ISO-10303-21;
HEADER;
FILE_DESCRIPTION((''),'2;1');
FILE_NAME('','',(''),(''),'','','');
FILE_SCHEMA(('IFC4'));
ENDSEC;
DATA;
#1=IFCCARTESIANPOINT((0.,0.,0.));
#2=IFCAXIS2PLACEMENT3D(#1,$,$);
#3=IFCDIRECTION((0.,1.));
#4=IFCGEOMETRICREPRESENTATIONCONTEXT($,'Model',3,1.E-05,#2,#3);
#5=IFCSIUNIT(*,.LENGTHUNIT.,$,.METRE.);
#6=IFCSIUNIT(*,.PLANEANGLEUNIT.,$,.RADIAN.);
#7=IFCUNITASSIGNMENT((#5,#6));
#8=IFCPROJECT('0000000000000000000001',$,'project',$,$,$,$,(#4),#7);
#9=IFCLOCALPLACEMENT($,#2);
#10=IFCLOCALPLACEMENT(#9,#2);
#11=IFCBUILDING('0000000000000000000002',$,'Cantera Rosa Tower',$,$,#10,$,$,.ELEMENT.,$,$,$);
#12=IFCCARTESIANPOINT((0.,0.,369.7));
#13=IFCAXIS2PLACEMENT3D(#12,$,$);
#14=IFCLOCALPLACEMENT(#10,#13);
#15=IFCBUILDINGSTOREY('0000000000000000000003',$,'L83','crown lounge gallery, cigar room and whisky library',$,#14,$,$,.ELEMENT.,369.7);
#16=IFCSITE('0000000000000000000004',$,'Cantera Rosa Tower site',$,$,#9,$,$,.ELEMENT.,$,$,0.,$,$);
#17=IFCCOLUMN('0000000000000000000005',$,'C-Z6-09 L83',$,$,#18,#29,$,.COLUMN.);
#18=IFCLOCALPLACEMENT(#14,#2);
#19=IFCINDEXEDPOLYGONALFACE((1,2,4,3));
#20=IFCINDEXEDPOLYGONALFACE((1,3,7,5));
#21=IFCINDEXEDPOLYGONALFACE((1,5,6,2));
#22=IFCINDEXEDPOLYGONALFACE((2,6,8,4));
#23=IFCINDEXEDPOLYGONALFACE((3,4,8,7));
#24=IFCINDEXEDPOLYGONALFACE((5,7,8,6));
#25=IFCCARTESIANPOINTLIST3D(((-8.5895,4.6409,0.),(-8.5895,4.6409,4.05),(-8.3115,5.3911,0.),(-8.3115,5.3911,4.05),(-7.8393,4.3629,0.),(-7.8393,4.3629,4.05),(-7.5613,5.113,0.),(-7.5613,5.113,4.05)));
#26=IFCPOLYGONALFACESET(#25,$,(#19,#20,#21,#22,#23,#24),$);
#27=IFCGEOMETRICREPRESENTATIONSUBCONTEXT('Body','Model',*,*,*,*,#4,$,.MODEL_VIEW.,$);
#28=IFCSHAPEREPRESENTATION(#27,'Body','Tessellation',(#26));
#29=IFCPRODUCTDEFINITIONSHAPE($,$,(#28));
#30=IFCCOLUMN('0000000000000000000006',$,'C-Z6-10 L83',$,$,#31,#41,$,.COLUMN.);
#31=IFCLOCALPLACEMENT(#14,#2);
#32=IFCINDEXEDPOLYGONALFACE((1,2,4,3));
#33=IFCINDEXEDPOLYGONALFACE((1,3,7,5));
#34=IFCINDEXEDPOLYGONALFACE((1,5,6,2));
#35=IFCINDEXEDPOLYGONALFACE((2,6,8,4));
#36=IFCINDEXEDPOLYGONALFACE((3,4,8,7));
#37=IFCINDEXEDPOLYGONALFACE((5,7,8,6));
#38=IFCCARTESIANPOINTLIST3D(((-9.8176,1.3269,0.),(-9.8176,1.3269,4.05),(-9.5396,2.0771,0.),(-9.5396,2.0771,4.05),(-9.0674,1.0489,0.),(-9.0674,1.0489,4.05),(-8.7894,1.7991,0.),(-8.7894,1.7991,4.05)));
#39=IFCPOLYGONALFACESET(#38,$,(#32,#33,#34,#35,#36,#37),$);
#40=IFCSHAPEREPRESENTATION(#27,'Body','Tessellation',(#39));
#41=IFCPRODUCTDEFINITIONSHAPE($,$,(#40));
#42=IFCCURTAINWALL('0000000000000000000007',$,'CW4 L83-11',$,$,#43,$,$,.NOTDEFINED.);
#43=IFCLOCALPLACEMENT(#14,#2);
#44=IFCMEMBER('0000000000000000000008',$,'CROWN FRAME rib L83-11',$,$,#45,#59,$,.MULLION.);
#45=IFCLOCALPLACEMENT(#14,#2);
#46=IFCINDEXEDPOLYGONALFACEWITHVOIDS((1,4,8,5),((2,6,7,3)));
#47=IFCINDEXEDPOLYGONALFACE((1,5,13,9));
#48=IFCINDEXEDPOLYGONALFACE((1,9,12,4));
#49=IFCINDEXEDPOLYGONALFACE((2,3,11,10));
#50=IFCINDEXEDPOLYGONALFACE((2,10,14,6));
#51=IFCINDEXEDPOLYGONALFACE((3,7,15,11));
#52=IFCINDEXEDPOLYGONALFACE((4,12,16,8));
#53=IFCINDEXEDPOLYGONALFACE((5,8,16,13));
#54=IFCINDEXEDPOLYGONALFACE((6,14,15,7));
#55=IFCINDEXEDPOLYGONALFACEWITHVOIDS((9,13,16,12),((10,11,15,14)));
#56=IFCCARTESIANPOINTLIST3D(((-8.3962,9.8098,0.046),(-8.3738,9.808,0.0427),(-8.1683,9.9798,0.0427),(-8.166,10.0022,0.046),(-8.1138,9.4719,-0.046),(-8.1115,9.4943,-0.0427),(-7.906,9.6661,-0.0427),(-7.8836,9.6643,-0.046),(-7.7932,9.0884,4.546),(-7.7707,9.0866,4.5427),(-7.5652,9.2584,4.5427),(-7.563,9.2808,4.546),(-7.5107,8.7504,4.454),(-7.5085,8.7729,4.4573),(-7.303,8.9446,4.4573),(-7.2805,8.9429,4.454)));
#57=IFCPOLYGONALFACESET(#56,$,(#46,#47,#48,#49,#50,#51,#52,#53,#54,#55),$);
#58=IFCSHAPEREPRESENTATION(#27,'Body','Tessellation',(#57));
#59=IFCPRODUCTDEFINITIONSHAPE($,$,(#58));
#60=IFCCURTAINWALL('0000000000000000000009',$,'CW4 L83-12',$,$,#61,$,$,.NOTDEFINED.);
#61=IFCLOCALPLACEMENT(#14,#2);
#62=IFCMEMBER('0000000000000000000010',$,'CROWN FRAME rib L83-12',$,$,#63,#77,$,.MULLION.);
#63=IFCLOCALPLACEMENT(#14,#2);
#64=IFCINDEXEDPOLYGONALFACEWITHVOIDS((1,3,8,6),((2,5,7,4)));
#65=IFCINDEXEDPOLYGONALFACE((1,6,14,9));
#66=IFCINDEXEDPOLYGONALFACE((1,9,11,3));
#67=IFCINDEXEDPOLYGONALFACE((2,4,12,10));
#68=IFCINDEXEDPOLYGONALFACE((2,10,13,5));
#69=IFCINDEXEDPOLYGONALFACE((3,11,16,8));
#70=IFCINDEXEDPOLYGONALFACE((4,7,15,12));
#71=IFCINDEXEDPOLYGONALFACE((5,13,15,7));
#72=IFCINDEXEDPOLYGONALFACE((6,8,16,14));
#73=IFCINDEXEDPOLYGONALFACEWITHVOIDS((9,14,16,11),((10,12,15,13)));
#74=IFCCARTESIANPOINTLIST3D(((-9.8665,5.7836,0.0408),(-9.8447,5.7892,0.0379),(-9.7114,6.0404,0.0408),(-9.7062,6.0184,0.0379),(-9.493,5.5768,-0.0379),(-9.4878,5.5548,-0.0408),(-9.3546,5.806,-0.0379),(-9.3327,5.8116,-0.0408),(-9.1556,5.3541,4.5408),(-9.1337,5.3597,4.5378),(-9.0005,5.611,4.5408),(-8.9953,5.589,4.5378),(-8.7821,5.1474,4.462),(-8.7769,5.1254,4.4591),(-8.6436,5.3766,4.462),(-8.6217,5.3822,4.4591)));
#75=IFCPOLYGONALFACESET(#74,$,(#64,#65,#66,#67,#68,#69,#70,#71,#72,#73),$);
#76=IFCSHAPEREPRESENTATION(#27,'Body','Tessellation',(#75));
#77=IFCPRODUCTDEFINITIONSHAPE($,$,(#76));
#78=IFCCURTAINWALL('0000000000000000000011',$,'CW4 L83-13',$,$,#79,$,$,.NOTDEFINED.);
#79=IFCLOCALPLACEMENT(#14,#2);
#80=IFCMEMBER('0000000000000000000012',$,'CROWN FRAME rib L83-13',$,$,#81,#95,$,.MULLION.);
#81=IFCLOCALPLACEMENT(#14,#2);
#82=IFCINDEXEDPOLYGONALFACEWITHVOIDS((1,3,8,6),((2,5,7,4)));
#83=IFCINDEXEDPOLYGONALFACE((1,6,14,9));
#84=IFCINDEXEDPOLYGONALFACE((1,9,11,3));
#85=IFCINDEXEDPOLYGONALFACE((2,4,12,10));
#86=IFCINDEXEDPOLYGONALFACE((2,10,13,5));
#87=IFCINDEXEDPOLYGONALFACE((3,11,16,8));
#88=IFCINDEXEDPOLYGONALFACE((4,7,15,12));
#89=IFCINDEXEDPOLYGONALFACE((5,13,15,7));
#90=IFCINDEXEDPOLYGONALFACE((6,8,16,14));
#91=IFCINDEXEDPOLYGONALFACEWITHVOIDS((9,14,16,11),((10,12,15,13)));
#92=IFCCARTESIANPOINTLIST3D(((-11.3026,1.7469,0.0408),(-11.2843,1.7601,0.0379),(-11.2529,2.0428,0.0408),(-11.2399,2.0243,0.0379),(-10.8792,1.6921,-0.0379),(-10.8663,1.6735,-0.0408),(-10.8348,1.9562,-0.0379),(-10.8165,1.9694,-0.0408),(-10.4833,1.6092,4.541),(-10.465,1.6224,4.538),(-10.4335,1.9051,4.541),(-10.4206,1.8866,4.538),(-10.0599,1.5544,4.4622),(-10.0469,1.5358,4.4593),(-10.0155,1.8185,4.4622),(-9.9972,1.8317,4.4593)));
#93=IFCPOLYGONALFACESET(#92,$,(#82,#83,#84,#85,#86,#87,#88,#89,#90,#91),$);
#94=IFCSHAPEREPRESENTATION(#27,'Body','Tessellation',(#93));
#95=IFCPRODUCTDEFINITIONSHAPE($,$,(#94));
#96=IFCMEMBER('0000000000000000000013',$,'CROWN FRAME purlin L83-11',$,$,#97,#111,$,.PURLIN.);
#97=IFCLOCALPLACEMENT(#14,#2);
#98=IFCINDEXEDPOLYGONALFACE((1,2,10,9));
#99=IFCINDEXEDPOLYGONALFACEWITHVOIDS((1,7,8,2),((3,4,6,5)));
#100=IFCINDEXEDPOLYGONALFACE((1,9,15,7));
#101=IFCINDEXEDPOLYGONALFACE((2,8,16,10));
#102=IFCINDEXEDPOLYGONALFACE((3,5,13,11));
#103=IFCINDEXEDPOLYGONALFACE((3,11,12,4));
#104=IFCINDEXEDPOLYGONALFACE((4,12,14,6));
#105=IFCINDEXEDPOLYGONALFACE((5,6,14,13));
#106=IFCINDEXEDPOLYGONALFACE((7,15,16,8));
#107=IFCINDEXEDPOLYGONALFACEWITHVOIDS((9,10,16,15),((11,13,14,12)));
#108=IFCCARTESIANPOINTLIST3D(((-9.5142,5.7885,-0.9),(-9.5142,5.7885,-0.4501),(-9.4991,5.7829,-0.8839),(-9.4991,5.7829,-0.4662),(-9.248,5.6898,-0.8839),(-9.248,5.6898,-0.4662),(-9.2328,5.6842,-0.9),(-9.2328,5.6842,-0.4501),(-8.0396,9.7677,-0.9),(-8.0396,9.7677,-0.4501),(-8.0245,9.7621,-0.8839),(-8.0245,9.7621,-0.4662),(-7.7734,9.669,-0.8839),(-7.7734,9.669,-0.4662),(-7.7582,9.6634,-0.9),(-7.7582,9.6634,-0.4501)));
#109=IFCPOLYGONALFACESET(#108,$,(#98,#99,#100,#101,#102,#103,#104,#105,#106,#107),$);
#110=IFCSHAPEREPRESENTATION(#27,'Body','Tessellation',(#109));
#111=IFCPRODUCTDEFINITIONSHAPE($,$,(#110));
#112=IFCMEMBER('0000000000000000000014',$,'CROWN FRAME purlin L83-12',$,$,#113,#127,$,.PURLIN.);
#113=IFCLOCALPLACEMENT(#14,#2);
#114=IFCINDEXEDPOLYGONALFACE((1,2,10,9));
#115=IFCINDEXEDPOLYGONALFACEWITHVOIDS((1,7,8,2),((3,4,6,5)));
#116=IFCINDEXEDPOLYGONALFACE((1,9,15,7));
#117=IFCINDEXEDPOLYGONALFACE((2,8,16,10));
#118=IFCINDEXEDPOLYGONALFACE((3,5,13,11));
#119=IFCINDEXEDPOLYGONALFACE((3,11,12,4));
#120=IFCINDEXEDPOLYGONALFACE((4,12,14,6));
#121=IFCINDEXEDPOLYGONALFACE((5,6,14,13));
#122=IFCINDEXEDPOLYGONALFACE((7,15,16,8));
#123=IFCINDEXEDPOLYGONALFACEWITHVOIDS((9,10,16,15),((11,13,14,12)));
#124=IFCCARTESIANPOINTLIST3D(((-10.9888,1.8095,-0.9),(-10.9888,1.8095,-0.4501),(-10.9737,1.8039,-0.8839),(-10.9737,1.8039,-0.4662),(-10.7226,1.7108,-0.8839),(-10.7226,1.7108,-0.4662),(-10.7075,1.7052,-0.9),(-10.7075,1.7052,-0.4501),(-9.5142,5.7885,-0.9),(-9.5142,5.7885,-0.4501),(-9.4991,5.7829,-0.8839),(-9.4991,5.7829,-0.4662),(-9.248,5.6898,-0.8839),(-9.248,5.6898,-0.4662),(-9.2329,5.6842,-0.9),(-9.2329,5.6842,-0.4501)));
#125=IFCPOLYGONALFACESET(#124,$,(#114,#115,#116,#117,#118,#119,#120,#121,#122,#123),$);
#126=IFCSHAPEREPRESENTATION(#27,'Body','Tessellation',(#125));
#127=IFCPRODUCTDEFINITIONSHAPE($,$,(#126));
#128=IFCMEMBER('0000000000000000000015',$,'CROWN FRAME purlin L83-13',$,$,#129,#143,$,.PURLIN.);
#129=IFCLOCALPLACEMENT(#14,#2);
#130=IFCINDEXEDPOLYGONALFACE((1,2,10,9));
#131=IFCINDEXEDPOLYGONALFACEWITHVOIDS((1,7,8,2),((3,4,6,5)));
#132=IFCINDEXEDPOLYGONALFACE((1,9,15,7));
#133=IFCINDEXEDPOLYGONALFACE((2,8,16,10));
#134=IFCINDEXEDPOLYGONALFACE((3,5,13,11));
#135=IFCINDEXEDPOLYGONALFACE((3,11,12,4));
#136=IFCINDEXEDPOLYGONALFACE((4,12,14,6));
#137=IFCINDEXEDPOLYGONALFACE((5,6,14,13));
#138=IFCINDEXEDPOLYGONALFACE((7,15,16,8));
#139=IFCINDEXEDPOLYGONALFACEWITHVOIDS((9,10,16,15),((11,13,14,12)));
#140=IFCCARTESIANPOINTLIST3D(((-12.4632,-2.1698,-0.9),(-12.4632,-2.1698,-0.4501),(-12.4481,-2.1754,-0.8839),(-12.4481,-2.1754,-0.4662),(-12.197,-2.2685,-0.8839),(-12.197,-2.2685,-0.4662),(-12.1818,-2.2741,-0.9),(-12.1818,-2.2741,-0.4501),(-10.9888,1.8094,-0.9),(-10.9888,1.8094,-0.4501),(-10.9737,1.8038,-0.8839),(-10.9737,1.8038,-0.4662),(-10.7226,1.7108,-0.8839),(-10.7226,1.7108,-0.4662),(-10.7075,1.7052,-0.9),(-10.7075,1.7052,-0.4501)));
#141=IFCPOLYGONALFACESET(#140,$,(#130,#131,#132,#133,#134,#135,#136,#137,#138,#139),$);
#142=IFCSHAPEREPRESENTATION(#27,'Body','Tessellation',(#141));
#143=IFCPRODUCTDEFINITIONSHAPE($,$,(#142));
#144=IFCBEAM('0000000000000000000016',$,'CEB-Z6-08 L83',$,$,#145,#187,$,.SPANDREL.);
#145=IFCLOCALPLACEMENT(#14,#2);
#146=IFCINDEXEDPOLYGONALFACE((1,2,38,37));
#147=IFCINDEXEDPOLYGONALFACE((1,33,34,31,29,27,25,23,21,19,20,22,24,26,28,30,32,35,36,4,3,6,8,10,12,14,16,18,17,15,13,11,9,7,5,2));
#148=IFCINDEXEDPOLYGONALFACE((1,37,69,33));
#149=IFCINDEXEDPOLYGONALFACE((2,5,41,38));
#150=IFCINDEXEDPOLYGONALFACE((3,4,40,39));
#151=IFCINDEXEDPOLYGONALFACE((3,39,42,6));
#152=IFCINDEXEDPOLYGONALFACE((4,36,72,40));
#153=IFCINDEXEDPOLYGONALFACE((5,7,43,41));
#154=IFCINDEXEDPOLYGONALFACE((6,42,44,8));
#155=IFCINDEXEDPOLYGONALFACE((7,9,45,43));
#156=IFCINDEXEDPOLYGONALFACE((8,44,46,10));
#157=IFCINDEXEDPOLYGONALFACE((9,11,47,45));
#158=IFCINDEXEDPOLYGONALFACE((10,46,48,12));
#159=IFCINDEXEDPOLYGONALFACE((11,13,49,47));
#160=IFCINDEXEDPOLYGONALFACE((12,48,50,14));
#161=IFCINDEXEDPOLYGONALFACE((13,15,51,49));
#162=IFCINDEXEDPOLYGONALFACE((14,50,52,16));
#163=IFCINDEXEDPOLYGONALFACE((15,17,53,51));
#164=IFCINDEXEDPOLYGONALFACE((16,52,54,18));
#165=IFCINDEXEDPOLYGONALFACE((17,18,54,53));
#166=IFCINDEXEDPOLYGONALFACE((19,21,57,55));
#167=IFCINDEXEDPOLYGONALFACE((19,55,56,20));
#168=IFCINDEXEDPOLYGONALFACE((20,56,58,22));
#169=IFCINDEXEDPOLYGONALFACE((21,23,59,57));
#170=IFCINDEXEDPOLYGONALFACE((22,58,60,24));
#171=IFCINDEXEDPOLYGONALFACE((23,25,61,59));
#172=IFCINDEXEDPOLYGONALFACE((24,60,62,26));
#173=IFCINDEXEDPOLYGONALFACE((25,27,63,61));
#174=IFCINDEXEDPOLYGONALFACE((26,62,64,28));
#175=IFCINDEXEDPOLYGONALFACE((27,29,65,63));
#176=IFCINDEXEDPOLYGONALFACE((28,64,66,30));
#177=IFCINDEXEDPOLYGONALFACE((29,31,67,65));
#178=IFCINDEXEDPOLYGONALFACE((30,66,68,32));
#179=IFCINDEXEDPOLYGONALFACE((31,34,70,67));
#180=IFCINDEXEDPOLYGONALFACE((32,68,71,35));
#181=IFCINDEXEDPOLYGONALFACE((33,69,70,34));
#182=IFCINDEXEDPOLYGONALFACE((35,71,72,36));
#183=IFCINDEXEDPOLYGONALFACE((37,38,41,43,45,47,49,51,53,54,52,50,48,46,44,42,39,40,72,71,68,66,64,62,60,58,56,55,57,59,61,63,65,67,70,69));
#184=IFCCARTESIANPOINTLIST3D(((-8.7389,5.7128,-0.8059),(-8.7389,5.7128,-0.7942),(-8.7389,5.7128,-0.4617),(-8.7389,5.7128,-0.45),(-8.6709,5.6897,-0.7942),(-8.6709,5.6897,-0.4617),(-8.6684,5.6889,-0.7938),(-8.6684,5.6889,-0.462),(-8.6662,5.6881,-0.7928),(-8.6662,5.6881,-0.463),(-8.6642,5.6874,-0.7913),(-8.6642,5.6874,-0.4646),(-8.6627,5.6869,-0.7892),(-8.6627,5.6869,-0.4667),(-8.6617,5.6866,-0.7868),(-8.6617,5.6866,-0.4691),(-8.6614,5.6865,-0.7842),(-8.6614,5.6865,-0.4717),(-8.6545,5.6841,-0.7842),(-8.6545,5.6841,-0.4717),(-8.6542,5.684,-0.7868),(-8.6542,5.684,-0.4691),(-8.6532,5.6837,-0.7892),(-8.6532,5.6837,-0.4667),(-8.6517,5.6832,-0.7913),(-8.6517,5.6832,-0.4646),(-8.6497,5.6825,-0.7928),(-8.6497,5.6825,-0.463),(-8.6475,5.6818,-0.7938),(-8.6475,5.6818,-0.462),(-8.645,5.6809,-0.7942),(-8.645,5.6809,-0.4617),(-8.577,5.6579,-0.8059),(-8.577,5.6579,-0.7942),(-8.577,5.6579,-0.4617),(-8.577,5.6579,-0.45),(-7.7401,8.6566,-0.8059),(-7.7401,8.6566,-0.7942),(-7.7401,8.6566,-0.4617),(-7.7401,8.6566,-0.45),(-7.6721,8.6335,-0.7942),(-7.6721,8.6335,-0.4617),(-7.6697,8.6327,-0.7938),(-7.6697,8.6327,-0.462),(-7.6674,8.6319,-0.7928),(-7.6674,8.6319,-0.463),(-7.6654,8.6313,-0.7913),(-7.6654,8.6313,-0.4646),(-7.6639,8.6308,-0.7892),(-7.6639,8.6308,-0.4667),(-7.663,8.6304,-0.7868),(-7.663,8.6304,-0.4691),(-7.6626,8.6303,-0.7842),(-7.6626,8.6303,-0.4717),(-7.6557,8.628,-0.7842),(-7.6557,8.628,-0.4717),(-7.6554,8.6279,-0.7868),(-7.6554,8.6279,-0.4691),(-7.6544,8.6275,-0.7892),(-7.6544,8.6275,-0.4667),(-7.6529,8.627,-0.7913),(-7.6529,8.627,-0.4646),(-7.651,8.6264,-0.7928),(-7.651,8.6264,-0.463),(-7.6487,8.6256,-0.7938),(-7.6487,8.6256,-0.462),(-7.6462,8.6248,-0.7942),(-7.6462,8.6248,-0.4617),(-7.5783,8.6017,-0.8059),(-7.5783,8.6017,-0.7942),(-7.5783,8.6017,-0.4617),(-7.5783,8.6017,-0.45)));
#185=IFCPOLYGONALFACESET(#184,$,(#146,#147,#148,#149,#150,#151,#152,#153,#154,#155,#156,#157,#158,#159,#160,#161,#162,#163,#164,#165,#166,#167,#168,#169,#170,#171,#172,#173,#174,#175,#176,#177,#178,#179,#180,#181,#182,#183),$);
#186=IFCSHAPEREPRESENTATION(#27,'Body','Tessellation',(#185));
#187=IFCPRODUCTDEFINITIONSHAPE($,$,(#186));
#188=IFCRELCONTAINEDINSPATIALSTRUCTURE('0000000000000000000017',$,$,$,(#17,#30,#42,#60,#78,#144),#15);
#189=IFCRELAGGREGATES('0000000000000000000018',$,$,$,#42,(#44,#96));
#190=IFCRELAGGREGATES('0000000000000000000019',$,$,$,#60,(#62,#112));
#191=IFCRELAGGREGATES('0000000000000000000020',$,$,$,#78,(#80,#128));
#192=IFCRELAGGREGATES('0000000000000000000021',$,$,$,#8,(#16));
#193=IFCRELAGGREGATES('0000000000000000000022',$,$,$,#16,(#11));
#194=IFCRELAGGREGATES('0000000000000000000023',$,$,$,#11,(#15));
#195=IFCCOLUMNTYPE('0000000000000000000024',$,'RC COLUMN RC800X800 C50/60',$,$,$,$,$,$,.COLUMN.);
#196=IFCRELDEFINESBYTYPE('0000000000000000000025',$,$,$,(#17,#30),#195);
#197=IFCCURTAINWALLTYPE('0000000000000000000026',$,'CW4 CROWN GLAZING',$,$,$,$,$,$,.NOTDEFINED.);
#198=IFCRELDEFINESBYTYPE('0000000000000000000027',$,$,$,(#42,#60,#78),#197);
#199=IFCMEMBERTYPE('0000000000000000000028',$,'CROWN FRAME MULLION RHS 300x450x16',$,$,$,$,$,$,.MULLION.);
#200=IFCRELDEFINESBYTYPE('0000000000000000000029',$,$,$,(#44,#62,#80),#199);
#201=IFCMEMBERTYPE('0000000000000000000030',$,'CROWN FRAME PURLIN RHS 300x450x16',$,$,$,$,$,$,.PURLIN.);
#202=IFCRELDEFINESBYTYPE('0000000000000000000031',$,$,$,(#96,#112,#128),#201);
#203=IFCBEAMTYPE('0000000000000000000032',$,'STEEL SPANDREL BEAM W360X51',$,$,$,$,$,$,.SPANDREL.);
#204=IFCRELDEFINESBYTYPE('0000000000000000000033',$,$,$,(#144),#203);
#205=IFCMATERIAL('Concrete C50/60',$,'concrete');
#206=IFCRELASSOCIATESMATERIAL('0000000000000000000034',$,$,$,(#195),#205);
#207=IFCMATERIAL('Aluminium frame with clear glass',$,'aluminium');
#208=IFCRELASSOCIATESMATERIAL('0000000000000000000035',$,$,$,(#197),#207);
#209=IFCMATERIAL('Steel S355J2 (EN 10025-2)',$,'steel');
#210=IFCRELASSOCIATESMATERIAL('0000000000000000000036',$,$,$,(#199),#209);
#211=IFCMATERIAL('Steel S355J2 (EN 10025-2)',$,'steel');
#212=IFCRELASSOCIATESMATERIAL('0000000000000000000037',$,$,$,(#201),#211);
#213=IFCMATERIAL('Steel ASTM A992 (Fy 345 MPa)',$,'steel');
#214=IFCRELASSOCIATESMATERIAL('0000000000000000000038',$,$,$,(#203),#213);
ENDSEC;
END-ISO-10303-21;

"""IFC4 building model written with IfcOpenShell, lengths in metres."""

from ifc_helpers import new_model, si_unit, direction, frame, origin, origin_2d, place, context, subcontext, project, spatial, rectangle, hollow_rectangle, i_section, extrude, material, material_profile, profile_set, type_object, element, aggregate, save


model = new_model("IFC4")

# Units and contexts
model_context = context("Model", 3, precision=1e-05, world=origin(), true_north=direction((0.0, 1.0)))
body_context = subcontext(model_context, "Body", "Model", "MODEL_VIEW")
ifc_project = project(units=[si_unit("LENGTHUNIT", "METRE"), si_unit("PLANEANGLEUNIT", "RADIAN")], contexts=[model_context])

# Site, building, storey
site_placement = place(None, origin())
site = spatial("IfcSite", under=ifc_project, at=site_placement, Name="Cantera Rosa Tower site", CompositionType="ELEMENT", RefElevation=0.0)
building_placement = place(site_placement, origin())
building = spatial("IfcBuilding", under=site, at=building_placement, Name="Cantera Rosa Tower", CompositionType="ELEMENT")
storey_placement = place(building_placement, frame((0.0, 0.0, 369.7)))
storey = spatial("IfcBuildingStorey", under=building, at=storey_placement, Name="L83", Description="crown lounge gallery, cigar room and whisky library", CompositionType="ELEMENT", Elevation=369.7)

# Columns
ifc_material_1 = material(Name="Concrete C50/60", Category="concrete")
ifc_material_profile_1 = material_profile(ifc_material_1, rectangle(XDim=0.8, YDim=0.8, at=origin_2d()), Name="RC COLUMN RC800X800 C50/60")
ifc_profile_set_1 = profile_set([ifc_material_profile_1], Name="Concrete C50/60")
column_type = type_object("IfcColumnType", Name="RC COLUMN RC800X800 C50/60", PredefinedType="COLUMN", material=ifc_profile_set_1)
for number, where, z_axis, x_axis, name in (
    (1, (-8.0754, 4.877, 0.0), (0.0, 0.0, 1.0), (0.347481, 0.937687, 0.0), "C-Z6-09 L83"),
    (2, (-9.3035, 1.563, 0.0), (0.0, 0.0, 1.0), (0.347481, 0.937687, 0.0), "C-Z6-10 L83"),
):
    element("IfcColumn", number, at=place(storey_placement, frame(where, z_axis=z_axis, x_axis=x_axis)), inside=storey, type_object=column_type, Name=name, PredefinedType="COLUMN", context=body_context, shape_type="SweptSolid", body=[
        extrude(rectangle(XDim=0.8, YDim=0.8, at=origin_2d()), origin(), (0.0, 0.0, 1.0), 4.05),
    ])

# Curtain walls, members
ifc_material_2 = material(Name="Aluminium frame with clear glass", Category="aluminium")
curtain_wall_type = type_object("IfcCurtainWallType", Name="CW4 CROWN GLAZING", PredefinedType="NOTDEFINED", material=ifc_material_2)
curtain_wall_1_placement = place(storey_placement, origin())
curtain_wall_1 = element("IfcCurtainWall", 3, at=curtain_wall_1_placement, inside=storey, type_object=curtain_wall_type, Name="CW4 L83-11", PredefinedType="NOTDEFINED")
ifc_material_3 = material(Name="Steel S355J2 (EN 10025-2)", Category="steel")
ifc_material_profile_2 = material_profile(ifc_material_3, hollow_rectangle(XDim=0.3, YDim=0.45, WallThickness=0.0161, at=origin_2d()), Name="CROWN FRAME MULLION RHS 300x450x16")
ifc_profile_set_2 = profile_set([ifc_material_profile_2], Name="Steel S355J2 (EN 10025-2)")
member_type_1 = type_object("IfcMemberType", Name="CROWN FRAME MULLION RHS 300x450x16", PredefinedType="MULLION", material=ifc_profile_set_2)
member_1_placement = place(storey_placement, frame((-8.1399, 9.7371, 0.0), z_axis=(0.131173, -0.15693, 0.97886), x_axis=(0.767263, 0.641333, 0.0)))
member_1 = element("IfcMember", 4, at=member_1_placement, type_object=member_type_1, Name="CROWN FRAME rib L83-11", PredefinedType="MULLION", context=body_context, shape_type="SweptSolid", body=[
    extrude(hollow_rectangle(XDim=0.3, YDim=0.45, WallThickness=0.0161, at=origin_2d()), origin(), (0.0, 0.0, 1.0), 4.5972),
])
curtain_wall_2_placement = place(storey_placement, origin())
curtain_wall_2 = element("IfcCurtainWall", 5, at=curtain_wall_2_placement, inside=storey, type_object=curtain_wall_type, Name="CW4 L83-12", PredefinedType="NOTDEFINED")
member_2_placement = place(storey_placement, frame((-9.5996, 5.7976, 0.0), z_axis=(0.155362, -0.093847, 0.98339), x_axis=(0.517044, 0.855959, 0.0)))
member_2 = element("IfcMember", 6, at=member_2_placement, type_object=member_type_1, Name="CROWN FRAME rib L83-12", PredefinedType="MULLION", context=body_context, shape_type="SweptSolid", body=[
    extrude(hollow_rectangle(XDim=0.3, YDim=0.45, WallThickness=0.0161, at=origin_2d()), origin(), (0.0, 0.0, 1.0), 4.5759),
])
curtain_wall_3_placement = place(storey_placement, origin())
curtain_wall_3 = element("IfcCurtainWall", 7, at=curtain_wall_3_placement, inside=storey, type_object=curtain_wall_type, Name="CW4 L83-13", PredefinedType="NOTDEFINED")
member_3_placement = place(storey_placement, frame((-11.0596, 1.8582, 0.0), z_axis=(0.179049, -0.03009, 0.98338), x_axis=(0.165733, 0.986171, 0.0)))
member_3 = element("IfcMember", 8, at=member_3_placement, type_object=member_type_1, Name="CROWN FRAME rib L83-13", PredefinedType="MULLION", context=body_context, shape_type="SweptSolid", body=[
    extrude(hollow_rectangle(XDim=0.3, YDim=0.45, WallThickness=0.0161, at=origin_2d()), origin(), (0.0, 0.0, 1.0), 4.5762),
])

# Members
ifc_material_4 = material(Name="Steel S355J2 (EN 10025-2)", Category="steel")
ifc_material_profile_3 = material_profile(ifc_material_4, hollow_rectangle(XDim=0.3, YDim=0.45, WallThickness=0.0161, at=origin_2d()), Name="CROWN FRAME PURLIN RHS 300x450x16")
ifc_profile_set_3 = profile_set([ifc_material_profile_3], Name="Steel S355J2 (EN 10025-2)")
member_type_2 = type_object("IfcMemberType", Name="CROWN FRAME PURLIN RHS 300x450x16", PredefinedType="PURLIN", material=ifc_profile_set_3)
member_4_placement = place(storey_placement, frame((-7.8989, 9.7156, -0.675), z_axis=(-0.347483, -0.937686, 0.0), x_axis=(0.937686, -0.347483, 0.0)))
member_4 = element("IfcMember", 9, at=member_4_placement, type_object=member_type_2, Name="CROWN FRAME purlin L83-11", PredefinedType="PURLIN", context=body_context, shape_type="SweptSolid", body=[
    extrude(hollow_rectangle(XDim=0.3, YDim=0.45, WallThickness=0.0161, at=origin_2d()), origin(), (0.0, 0.0, 1.0), 4.2437),
])
member_5_placement = place(storey_placement, frame((-9.3735, 5.7363, -0.675), z_axis=(-0.347502, -0.937679, 0.0), x_axis=(0.937679, -0.347502, 0.0)))
member_5 = element("IfcMember", 10, at=member_5_placement, type_object=member_type_2, Name="CROWN FRAME purlin L83-12", PredefinedType="PURLIN", context=body_context, shape_type="SweptSolid", body=[
    extrude(hollow_rectangle(XDim=0.3, YDim=0.45, WallThickness=0.0161, at=origin_2d()), origin(), (0.0, 0.0, 1.0), 4.2434),
])
member_6_placement = place(storey_placement, frame((-10.8481, 1.7573, -0.675), z_axis=(-0.347432, -0.937705, 0.0), x_axis=(0.937705, -0.347432, 0.0)))
member_6 = element("IfcMember", 11, at=member_6_placement, type_object=member_type_2, Name="CROWN FRAME purlin L83-13", PredefinedType="PURLIN", context=body_context, shape_type="SweptSolid", body=[
    extrude(hollow_rectangle(XDim=0.3, YDim=0.45, WallThickness=0.0161, at=origin_2d()), origin(), (0.0, 0.0, 1.0), 4.2437),
])

# Beam
ifc_material_5 = material(Name="Steel ASTM A992 (Fy 345 MPa)", Category="steel")
ifc_material_profile_4 = material_profile(ifc_material_5, i_section(OverallWidth=0.1709, OverallDepth=0.356, WebThickness=0.0073, FlangeThickness=0.0117, FilletRadius=0.01, at=origin_2d()), Name="W360X51")
ifc_profile_set_4 = profile_set([ifc_material_profile_4], Name="Steel ASTM A992 (Fy 345 MPa)")
beam_type = type_object("IfcBeamType", Name="STEEL SPANDREL BEAM W360X51", PredefinedType="SPANDREL", material=ifc_profile_set_4)
beam_1_placement = place(storey_placement, frame((-7.6592, 8.6292, -0.6279), z_axis=(-0.321289, -0.946981, 0.0), x_axis=(0.946981, -0.321289, 0.0)))
element("IfcBeam", 12, at=beam_1_placement, inside=storey, type_object=beam_type, Name="CEB-Z6-08 L83", PredefinedType="SPANDREL", context=body_context, shape_type="SweptSolid", body=[
    extrude(i_section(OverallWidth=0.1709, OverallDepth=0.356, WebThickness=0.0073, FlangeThickness=0.0117, FilletRadius=0.01, at=origin_2d()), origin(), (0.0, 0.0, 1.0), 3.1086),
])

aggregate(curtain_wall_1, [member_1, member_4])
aggregate(curtain_wall_2, [member_2, member_5])
aggregate(curtain_wall_3, [member_3, member_6])

save(model, "model.ifc")
